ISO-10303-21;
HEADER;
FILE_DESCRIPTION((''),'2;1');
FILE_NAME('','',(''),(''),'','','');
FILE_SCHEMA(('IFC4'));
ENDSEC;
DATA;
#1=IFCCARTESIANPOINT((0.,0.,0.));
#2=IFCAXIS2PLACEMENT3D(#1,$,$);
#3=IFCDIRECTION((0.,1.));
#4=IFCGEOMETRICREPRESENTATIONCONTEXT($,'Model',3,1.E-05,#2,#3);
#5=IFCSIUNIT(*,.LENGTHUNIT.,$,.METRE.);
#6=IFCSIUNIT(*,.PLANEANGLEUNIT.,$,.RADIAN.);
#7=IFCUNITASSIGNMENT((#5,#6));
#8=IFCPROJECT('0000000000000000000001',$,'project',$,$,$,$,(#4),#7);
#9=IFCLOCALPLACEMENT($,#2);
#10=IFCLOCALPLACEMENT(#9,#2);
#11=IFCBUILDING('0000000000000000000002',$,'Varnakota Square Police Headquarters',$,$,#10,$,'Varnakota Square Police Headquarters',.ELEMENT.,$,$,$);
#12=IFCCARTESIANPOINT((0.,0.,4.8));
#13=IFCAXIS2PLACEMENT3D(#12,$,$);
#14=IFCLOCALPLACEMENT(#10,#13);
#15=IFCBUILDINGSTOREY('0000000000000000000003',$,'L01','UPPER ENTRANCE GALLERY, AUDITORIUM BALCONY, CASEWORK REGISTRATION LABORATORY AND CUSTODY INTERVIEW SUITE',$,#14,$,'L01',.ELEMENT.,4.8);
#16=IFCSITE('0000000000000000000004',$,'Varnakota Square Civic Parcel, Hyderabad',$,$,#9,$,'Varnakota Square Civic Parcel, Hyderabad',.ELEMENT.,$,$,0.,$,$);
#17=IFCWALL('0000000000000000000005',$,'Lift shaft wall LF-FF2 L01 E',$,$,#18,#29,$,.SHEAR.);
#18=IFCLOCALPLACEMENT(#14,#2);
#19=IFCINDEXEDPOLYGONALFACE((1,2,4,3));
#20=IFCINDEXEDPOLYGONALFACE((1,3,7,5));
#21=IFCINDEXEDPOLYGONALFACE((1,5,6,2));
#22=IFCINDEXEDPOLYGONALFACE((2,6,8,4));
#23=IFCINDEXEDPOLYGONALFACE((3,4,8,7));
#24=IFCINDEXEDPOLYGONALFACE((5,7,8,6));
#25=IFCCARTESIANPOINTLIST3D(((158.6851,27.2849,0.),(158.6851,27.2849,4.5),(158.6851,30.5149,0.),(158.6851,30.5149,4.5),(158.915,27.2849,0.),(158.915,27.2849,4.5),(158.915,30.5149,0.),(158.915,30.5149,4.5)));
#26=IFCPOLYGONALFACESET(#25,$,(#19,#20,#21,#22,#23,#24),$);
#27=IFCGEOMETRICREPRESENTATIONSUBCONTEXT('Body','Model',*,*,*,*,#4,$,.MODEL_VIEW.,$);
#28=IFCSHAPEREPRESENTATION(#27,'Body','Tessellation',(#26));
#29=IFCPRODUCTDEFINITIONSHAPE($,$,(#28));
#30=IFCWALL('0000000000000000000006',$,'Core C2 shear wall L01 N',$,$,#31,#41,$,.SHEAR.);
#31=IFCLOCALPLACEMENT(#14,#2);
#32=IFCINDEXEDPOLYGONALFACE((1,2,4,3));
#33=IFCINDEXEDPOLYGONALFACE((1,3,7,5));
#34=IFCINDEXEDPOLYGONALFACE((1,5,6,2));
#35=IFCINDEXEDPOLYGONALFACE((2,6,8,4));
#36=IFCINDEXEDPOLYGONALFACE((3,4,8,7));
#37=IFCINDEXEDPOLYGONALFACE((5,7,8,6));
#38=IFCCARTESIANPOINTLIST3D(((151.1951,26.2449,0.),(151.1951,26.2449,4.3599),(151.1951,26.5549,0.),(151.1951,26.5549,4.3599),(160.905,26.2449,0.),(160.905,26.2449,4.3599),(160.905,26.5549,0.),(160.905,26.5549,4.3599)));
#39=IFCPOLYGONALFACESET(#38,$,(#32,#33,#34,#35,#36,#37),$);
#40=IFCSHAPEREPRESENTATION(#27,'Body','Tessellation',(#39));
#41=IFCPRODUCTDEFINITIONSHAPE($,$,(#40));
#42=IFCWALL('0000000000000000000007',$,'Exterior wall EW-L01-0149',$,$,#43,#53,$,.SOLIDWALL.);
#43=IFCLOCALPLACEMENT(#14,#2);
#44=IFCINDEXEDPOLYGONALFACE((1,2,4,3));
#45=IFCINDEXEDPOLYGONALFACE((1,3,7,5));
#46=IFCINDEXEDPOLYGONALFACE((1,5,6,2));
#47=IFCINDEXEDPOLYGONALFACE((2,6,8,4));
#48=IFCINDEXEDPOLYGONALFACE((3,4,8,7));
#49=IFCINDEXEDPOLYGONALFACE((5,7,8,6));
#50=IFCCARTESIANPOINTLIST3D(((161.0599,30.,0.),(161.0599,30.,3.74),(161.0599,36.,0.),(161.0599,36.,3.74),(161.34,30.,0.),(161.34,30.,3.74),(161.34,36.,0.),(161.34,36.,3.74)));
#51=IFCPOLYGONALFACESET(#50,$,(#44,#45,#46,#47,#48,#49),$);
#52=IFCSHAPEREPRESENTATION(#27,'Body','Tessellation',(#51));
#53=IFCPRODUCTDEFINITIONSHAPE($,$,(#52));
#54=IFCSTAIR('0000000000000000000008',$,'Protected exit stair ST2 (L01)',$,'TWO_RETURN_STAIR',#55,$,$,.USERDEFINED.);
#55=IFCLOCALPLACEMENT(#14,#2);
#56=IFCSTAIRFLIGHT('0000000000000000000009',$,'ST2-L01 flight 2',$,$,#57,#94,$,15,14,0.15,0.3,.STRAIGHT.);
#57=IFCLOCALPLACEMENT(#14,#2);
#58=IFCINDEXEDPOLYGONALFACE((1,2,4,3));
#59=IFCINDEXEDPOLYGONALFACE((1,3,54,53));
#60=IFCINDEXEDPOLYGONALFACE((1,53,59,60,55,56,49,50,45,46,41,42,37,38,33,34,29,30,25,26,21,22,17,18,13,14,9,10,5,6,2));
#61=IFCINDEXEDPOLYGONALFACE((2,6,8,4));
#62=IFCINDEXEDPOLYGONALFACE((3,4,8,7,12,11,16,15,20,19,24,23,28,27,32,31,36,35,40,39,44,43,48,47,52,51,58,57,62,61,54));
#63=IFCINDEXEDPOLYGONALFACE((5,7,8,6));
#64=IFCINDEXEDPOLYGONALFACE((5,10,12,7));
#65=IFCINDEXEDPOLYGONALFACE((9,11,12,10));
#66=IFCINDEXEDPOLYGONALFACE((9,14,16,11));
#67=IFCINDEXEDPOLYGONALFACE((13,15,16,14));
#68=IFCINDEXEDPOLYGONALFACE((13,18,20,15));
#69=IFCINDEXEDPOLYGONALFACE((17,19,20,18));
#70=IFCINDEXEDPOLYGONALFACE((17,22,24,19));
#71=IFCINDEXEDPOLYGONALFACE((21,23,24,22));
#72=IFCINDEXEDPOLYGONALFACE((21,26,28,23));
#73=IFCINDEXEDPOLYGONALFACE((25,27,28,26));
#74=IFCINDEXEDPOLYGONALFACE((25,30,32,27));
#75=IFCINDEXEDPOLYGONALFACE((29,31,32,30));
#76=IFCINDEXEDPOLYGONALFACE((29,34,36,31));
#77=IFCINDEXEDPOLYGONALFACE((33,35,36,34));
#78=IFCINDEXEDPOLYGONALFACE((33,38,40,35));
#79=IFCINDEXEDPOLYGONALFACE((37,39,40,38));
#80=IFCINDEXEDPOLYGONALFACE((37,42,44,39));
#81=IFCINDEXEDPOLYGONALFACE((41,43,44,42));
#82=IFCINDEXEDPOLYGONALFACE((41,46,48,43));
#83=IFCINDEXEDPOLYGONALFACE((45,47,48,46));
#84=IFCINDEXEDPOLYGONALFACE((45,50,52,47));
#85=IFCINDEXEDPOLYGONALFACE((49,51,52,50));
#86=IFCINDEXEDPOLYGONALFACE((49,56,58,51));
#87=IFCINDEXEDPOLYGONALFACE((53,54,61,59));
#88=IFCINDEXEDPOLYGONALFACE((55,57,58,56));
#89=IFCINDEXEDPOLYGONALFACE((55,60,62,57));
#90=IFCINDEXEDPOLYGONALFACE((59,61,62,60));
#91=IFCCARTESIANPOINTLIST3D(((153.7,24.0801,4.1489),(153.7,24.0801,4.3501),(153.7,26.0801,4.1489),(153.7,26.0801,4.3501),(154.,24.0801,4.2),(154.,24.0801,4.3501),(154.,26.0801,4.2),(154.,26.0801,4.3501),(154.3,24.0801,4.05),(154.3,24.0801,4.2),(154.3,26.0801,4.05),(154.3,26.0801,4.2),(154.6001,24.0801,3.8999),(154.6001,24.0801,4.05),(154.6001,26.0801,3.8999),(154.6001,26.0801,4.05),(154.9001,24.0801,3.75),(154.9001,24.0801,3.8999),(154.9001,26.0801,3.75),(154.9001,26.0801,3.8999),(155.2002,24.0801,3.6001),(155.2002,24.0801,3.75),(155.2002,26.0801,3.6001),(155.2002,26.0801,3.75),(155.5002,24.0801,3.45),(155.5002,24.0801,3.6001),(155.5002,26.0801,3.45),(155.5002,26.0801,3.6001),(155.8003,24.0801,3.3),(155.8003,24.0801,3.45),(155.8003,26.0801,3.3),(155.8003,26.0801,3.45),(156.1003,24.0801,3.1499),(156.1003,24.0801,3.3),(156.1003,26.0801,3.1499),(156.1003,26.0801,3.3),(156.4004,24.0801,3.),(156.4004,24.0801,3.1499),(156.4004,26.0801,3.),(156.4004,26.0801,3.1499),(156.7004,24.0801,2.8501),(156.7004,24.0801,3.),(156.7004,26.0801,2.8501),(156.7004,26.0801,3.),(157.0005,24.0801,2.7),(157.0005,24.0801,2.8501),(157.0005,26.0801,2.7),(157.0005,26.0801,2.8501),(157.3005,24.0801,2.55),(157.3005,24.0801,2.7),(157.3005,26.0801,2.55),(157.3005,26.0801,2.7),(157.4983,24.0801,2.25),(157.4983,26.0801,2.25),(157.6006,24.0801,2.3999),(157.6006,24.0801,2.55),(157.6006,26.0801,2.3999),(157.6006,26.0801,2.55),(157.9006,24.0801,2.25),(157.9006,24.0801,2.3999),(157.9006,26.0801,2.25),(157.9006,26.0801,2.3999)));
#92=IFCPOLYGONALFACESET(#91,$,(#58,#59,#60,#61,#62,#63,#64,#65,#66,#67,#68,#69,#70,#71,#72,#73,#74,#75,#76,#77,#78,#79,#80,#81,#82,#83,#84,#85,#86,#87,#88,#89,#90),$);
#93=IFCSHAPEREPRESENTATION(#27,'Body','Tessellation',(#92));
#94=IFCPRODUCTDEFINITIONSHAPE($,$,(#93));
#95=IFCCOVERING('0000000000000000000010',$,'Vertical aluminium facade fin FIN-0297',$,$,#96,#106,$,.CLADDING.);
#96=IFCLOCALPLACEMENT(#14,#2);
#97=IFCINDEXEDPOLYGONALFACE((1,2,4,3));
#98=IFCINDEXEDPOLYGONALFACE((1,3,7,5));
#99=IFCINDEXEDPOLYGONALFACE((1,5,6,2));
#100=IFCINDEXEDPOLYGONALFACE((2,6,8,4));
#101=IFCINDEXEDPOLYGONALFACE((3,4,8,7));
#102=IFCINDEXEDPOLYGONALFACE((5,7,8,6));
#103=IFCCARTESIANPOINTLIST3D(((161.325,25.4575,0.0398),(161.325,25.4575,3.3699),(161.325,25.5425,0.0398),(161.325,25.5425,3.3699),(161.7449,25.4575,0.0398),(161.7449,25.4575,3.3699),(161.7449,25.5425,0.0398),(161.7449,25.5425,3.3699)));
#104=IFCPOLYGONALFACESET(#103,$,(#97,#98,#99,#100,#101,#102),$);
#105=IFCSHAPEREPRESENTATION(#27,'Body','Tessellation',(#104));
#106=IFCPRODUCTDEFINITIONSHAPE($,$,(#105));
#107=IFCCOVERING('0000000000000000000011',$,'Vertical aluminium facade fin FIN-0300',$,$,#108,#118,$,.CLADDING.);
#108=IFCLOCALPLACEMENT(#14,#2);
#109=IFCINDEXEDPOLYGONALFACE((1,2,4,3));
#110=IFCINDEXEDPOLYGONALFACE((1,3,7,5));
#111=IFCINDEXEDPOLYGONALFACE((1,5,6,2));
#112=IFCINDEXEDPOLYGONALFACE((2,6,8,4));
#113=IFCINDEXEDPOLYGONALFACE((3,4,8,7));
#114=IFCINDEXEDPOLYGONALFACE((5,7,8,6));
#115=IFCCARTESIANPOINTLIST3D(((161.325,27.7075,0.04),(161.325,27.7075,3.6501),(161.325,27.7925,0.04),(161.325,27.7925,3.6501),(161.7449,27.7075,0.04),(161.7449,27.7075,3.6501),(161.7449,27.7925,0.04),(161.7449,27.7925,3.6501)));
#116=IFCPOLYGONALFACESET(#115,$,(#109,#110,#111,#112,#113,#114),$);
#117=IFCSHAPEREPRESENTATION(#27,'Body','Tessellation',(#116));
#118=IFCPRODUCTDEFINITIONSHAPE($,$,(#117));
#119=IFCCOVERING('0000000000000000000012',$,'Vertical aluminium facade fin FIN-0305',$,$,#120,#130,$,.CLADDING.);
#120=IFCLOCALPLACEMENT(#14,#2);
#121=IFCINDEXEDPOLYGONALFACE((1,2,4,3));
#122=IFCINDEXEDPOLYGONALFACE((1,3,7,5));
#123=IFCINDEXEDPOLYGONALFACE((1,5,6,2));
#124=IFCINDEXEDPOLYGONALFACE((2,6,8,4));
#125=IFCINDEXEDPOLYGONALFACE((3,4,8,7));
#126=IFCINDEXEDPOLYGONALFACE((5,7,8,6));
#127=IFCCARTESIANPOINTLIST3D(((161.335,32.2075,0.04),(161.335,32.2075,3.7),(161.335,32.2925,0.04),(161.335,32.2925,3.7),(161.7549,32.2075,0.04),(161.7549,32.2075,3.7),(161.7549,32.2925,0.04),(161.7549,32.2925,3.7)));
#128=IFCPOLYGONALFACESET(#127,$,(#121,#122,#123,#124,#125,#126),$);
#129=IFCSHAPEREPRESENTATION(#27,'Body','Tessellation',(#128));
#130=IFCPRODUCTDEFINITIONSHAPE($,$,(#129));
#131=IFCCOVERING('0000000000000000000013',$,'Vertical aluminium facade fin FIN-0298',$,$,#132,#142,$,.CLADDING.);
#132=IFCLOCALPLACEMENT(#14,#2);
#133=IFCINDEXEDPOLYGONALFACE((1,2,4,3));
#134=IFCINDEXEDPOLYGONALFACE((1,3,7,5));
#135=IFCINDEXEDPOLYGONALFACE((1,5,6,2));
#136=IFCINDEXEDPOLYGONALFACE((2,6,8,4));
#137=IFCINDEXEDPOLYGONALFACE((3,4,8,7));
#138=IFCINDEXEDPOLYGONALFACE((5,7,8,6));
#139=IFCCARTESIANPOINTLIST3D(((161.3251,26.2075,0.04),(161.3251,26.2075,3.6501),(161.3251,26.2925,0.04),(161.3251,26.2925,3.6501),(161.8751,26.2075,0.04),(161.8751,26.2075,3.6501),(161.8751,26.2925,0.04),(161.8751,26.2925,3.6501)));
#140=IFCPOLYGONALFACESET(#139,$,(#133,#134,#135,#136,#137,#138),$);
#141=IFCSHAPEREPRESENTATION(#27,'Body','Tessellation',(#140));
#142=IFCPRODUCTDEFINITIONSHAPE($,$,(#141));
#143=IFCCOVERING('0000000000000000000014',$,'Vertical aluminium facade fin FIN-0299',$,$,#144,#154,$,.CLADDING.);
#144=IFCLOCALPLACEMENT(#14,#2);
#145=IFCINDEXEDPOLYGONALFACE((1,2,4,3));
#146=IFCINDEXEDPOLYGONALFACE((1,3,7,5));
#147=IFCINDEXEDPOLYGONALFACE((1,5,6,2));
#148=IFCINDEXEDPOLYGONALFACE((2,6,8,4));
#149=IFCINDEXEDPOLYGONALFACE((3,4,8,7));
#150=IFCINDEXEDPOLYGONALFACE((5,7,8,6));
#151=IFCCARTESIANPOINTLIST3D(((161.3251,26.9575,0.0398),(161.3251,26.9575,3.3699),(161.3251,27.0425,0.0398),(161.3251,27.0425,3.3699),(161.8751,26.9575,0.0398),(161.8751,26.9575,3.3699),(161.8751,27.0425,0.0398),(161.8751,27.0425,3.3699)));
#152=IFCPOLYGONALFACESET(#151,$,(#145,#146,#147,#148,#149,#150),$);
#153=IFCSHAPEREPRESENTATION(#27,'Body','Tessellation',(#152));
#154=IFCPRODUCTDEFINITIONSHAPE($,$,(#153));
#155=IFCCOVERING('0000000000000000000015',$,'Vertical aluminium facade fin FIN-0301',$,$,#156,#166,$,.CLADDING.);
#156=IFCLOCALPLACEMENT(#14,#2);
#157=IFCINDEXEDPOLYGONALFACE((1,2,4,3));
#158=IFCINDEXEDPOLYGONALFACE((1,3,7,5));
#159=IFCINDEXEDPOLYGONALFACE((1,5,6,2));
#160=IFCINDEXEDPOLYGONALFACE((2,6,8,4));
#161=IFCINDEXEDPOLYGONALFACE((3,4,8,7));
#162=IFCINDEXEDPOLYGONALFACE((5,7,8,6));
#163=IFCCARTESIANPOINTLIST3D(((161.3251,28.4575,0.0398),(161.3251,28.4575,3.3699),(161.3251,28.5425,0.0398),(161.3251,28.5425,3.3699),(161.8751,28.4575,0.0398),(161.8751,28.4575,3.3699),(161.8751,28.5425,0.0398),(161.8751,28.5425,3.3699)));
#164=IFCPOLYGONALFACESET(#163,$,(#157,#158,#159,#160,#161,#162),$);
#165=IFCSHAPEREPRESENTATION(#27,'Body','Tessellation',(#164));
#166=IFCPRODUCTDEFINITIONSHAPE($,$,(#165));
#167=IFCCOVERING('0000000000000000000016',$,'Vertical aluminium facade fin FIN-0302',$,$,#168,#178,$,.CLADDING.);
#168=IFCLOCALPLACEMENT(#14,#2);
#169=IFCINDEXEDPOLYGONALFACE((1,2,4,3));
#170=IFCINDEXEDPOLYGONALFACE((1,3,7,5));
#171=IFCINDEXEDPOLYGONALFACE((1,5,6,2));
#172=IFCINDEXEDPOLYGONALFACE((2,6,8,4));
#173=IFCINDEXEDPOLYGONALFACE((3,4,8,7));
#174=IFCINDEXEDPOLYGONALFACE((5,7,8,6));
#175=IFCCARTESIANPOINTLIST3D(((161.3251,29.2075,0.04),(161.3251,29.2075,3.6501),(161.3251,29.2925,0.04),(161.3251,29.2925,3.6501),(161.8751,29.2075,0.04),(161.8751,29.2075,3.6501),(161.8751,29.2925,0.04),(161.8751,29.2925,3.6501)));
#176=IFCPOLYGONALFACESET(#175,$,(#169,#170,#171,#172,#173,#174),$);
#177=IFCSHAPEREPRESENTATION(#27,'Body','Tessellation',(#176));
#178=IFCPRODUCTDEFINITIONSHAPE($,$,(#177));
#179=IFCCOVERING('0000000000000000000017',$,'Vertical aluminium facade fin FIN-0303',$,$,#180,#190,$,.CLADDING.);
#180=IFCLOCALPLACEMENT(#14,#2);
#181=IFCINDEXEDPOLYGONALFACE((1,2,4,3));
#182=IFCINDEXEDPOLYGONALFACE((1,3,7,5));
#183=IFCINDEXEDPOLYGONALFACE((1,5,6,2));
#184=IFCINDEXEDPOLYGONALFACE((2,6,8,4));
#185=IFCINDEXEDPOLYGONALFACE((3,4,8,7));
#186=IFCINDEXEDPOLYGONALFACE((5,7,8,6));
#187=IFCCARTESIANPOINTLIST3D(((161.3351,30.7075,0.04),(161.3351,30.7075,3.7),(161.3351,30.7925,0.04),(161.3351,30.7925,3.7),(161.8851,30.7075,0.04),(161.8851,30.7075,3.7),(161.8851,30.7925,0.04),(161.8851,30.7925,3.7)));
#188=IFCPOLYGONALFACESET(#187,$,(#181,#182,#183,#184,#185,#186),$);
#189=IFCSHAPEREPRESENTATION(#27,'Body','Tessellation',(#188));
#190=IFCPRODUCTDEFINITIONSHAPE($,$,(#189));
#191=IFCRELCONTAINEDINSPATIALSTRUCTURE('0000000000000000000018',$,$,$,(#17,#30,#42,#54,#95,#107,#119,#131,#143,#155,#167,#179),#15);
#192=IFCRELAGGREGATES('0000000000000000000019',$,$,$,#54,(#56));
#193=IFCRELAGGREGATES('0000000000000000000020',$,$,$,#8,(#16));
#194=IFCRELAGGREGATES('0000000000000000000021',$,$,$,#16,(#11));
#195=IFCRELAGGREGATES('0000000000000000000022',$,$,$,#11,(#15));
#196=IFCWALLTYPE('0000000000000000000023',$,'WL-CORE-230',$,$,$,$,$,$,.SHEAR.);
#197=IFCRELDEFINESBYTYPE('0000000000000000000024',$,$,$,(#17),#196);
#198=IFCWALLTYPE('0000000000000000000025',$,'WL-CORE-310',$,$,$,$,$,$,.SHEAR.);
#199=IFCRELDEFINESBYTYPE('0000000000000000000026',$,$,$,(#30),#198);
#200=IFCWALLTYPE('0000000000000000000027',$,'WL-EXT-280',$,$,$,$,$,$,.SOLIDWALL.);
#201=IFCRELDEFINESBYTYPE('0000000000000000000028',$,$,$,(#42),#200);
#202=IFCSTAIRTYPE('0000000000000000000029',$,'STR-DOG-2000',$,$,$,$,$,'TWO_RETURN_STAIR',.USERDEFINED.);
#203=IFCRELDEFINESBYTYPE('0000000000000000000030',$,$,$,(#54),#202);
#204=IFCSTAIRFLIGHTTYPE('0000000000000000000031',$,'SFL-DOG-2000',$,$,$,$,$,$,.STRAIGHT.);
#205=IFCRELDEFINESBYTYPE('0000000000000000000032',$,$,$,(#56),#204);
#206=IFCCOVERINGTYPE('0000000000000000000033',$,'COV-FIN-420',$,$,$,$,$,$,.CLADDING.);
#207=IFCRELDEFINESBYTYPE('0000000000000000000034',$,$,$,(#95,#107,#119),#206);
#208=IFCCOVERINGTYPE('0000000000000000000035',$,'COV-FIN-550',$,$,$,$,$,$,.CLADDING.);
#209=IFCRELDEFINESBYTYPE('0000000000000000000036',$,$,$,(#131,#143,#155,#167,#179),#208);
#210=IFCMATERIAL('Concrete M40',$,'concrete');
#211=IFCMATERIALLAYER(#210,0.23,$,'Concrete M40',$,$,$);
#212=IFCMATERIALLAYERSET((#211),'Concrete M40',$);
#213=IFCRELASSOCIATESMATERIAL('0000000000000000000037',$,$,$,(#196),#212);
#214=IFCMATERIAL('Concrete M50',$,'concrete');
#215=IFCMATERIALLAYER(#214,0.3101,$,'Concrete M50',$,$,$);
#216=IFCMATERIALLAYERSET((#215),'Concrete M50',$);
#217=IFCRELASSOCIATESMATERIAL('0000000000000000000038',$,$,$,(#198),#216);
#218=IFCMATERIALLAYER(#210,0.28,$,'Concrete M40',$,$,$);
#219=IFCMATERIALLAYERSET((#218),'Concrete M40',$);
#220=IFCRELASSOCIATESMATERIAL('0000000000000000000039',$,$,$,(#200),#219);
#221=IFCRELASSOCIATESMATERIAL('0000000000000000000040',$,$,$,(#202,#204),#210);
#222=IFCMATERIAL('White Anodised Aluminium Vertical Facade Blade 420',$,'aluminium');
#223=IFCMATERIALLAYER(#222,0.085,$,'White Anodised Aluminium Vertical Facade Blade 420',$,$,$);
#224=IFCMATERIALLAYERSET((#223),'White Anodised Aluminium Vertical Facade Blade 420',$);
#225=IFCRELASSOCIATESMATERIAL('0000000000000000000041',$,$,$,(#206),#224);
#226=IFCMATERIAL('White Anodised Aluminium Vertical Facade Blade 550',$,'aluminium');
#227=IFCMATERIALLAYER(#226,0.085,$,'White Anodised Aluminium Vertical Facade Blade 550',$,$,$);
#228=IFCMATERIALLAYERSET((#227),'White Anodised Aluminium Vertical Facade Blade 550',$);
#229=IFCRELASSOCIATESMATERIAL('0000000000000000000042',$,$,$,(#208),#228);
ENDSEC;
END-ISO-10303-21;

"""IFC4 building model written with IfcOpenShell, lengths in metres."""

from ifc_helpers import new_model, si_unit, direction, frame, frame_2d, origin, origin_2d, place, context, subcontext, project, spatial, polyline, rectangle, outline, extrude, material, layer, layer_set, type_object, element, aggregate, save


model = new_model("IFC4")

# Units and contexts
model_context = context("Model", 3, precision=1e-05, world=origin(), true_north=direction((0.0, 1.0)))
body_context = subcontext(model_context, "Body", "Model", "MODEL_VIEW")
ifc_project = project(units=[si_unit("LENGTHUNIT", "METRE"), si_unit("PLANEANGLEUNIT", "RADIAN")], contexts=[model_context])

# Site, building, storey
site_placement = place(None, origin())
site = spatial("IfcSite", under=ifc_project, at=site_placement, Name="Varnakota Square Civic Parcel, Hyderabad", LongName="Varnakota Square Civic Parcel, Hyderabad", CompositionType="ELEMENT", RefElevation=0.0)
building_placement = place(site_placement, origin())
building = spatial("IfcBuilding", under=site, at=building_placement, Name="Varnakota Square Police Headquarters", LongName="Varnakota Square Police Headquarters", CompositionType="ELEMENT")
storey_placement = place(building_placement, frame((0.0, 0.0, 4.8)))
storey = spatial("IfcBuildingStorey", under=building, at=storey_placement, Name="L01", Description="UPPER ENTRANCE GALLERY, AUDITORIUM BALCONY, CASEWORK REGISTRATION LABORATORY AND CUSTODY INTERVIEW SUITE", LongName="L01", CompositionType="ELEMENT", Elevation=4.8)

# Walls
ifc_material_1 = material(Name="Concrete M40", Category="concrete")
ifc_layer_1 = layer(ifc_material_1, 0.23, Name="Concrete M40")
ifc_layer_set_1 = layer_set([ifc_layer_1], Name="Concrete M40")
wall_type_1 = type_object("IfcWallType", Name="WL-CORE-230", PredefinedType="SHEAR", material=ifc_layer_set_1)
wall_1_placement = place(storey_placement, frame((158.8, 27.2849, 0.0), z_axis=(0.0, 0.0, 1.0), x_axis=(0.0, 1.0, 0.0)))
element("IfcWall", 1, at=wall_1_placement, inside=storey, type_object=wall_type_1, Name="Lift shaft wall LF-FF2 L01 E", PredefinedType="SHEAR", context=body_context, shape_type="SweptSolid", body=[
    extrude(rectangle(XDim=3.23, YDim=0.23, at=frame_2d((1.615, 0.0))), origin(), (0.0, 0.0, 1.0), 4.5),
])
ifc_material_2 = material(Name="Concrete M50", Category="concrete")
ifc_layer_2 = layer(ifc_material_2, 0.3101, Name="Concrete M50")
ifc_layer_set_2 = layer_set([ifc_layer_2], Name="Concrete M50")
wall_type_2 = type_object("IfcWallType", Name="WL-CORE-310", PredefinedType="SHEAR", material=ifc_layer_set_2)
wall_2_placement = place(storey_placement, frame((160.905, 26.3999, 0.0), z_axis=(0.0, 0.0, 1.0), x_axis=(-1.0, 0.0, 0.0)))
element("IfcWall", 2, at=wall_2_placement, inside=storey, type_object=wall_type_2, Name="Core C2 shear wall L01 N", PredefinedType="SHEAR", context=body_context, shape_type="SweptSolid", body=[
    extrude(rectangle(XDim=9.71, YDim=0.3101, at=frame_2d((4.855, 0.0))), origin(), (0.0, 0.0, 1.0), 4.3599),
])
ifc_layer_3 = layer(ifc_material_1, 0.28, Name="Concrete M40")
ifc_layer_set_3 = layer_set([ifc_layer_3], Name="Concrete M40")
wall_type_3 = type_object("IfcWallType", Name="WL-EXT-280", PredefinedType="SOLIDWALL", material=ifc_layer_set_3)
wall_3_placement = place(storey_placement, frame((161.2, 30.0, 0.0), z_axis=(0.0, 0.0, 1.0), x_axis=(0.0, 1.0, 0.0)))
element("IfcWall", 3, at=wall_3_placement, inside=storey, type_object=wall_type_3, Name="Exterior wall EW-L01-0149", PredefinedType="SOLIDWALL", context=body_context, shape_type="SweptSolid", body=[
    extrude(rectangle(XDim=6.0, YDim=0.28, at=frame_2d((3.0, 0.0))), origin(), (0.0, 0.0, 1.0), 3.74),
])

# Stair, stair flight
stair_type = type_object("IfcStairType", Name="STR-DOG-2000", ElementType="TWO_RETURN_STAIR", PredefinedType="USERDEFINED", material=ifc_material_1)
stair_placement = place(storey_placement, origin())
stair = element("IfcStair", 4, at=stair_placement, inside=storey, type_object=stair_type, Name="Protected exit stair ST2 (L01)", ObjectType="TWO_RETURN_STAIR", PredefinedType="USERDEFINED")
stair_flight_type = type_object("IfcStairFlightType", Name="SFL-DOG-2000", PredefinedType="STRAIGHT", material=ifc_material_1)
stair_flight_placement = place(storey_placement, frame((157.9006, 25.0801, 2.25), z_axis=(0.0, 0.0, 1.0), x_axis=(-1.0, 0.0, 0.0)))
stair_flight = element("IfcStairFlight", 5, at=stair_flight_placement, type_object=stair_flight_type, Name="ST2-L01 flight 2", NumberOfRisers=15, NumberOfTreads=14, PredefinedType="STRAIGHT", RiserHeight=0.15, TreadLength=0.3, context=body_context, shape_type="SweptSolid", body=[
    extrude(outline(polyline([(0.0, 0.0), (0.0, 0.1499), (0.3, 0.1499), (0.3, 0.3), (0.6001, 0.3), (0.6001, 0.45), (0.9001, 0.45), (0.9001, 0.6001), (1.2002, 0.6001), (1.2002, 0.75), (1.5002, 0.75), (1.5002, 0.8999), (1.8003, 0.8999), (1.8003, 1.05), (2.1003, 1.05), (2.1003, 1.2), (2.4004, 1.2), (2.4004, 1.3501), (2.7004, 1.3501), (2.7004, 1.5), (3.0005, 1.5), (3.0005, 1.6499), (3.3005, 1.6499), (3.3005, 1.8), (3.6006, 1.8), (3.6006, 1.95), (3.9006, 1.95), (3.9006, 2.1001), (4.2007, 2.1001), (4.2007, 2.25), (4.2007, 1.8989), (0.4023, 0.0), (0.0, 0.0)])), frame((0.0, 1.0, 0.0), z_axis=(0.0, -1.0, 0.0), x_axis=(1.0, 0.0, 0.0)), (0.0, 0.0, 1.0), 2.0),
])
aggregate(stair, [stair_flight])

# Coverings
ifc_material_3 = material(Name="White Anodised Aluminium Vertical Facade Blade 420", Category="aluminium")
ifc_layer_4 = layer(ifc_material_3, 0.085, Name="White Anodised Aluminium Vertical Facade Blade 420")
ifc_layer_set_4 = layer_set([ifc_layer_4], Name="White Anodised Aluminium Vertical Facade Blade 420")
covering_type_1 = type_object("IfcCoveringType", Name="COV-FIN-420", PredefinedType="CLADDING", material=ifc_layer_set_4)
covering_1_placement = place(storey_placement, frame((161.5349, 25.5, 0.0398), z_axis=(0.0, 0.0, 1.0), x_axis=(0.0, 1.0, 0.0)))
element("IfcCovering", 6, at=covering_1_placement, inside=storey, type_object=covering_type_1, Name="Vertical aluminium facade fin FIN-0297", PredefinedType="CLADDING", context=body_context, shape_type="SweptSolid", body=[
    extrude(rectangle(XDim=0.085, YDim=0.4199, at=origin_2d()), origin(), (0.0, 0.0, 1.0), 3.3301),
])
covering_2_placement = place(storey_placement, frame((161.5349, 27.75, 0.04), z_axis=(0.0, 0.0, 1.0), x_axis=(0.0, 1.0, 0.0)))
element("IfcCovering", 7, at=covering_2_placement, inside=storey, type_object=covering_type_1, Name="Vertical aluminium facade fin FIN-0300", PredefinedType="CLADDING", context=body_context, shape_type="SweptSolid", body=[
    extrude(rectangle(XDim=0.085, YDim=0.4199, at=origin_2d()), origin(), (0.0, 0.0, 1.0), 3.6101),
])
covering_3_placement = place(storey_placement, frame((161.5449, 32.25, 0.04), z_axis=(0.0, 0.0, 1.0), x_axis=(0.0, 1.0, 0.0)))
element("IfcCovering", 8, at=covering_3_placement, inside=storey, type_object=covering_type_1, Name="Vertical aluminium facade fin FIN-0305", PredefinedType="CLADDING", context=body_context, shape_type="SweptSolid", body=[
    extrude(rectangle(XDim=0.085, YDim=0.4199, at=origin_2d()), origin(), (0.0, 0.0, 1.0), 3.6599),
])
ifc_material_4 = material(Name="White Anodised Aluminium Vertical Facade Blade 550", Category="aluminium")
ifc_layer_5 = layer(ifc_material_4, 0.085, Name="White Anodised Aluminium Vertical Facade Blade 550")
ifc_layer_set_5 = layer_set([ifc_layer_5], Name="White Anodised Aluminium Vertical Facade Blade 550")
covering_type_2 = type_object("IfcCoveringType", Name="COV-FIN-550", PredefinedType="CLADDING", material=ifc_layer_set_5)
covering_4_placement = place(storey_placement, frame((161.6001, 26.25, 0.04), z_axis=(0.0, 0.0, 1.0), x_axis=(0.0, 1.0, 0.0)))
element("IfcCovering", 9, at=covering_4_placement, inside=storey, type_object=covering_type_2, Name="Vertical aluminium facade fin FIN-0298", PredefinedType="CLADDING", context=body_context, shape_type="SweptSolid", body=[
    extrude(rectangle(XDim=0.085, YDim=0.55, at=origin_2d()), origin(), (0.0, 0.0, 1.0), 3.6101),
])
for number, where, z_axis, x_axis, name in (
    (10, (161.6001, 27.0, 0.0398), (0.0, 0.0, 1.0), (0.0, 1.0, 0.0), "Vertical aluminium facade fin FIN-0299"),
    (11, (161.6001, 28.5, 0.0398), (0.0, 0.0, 1.0), (0.0, 1.0, 0.0), "Vertical aluminium facade fin FIN-0301"),
):
    element("IfcCovering", number, at=place(storey_placement, frame(where, z_axis=z_axis, x_axis=x_axis)), inside=storey, type_object=covering_type_2, Name=name, PredefinedType="CLADDING", context=body_context, shape_type="SweptSolid", body=[
        extrude(rectangle(XDim=0.085, YDim=0.55, at=origin_2d()), origin(), (0.0, 0.0, 1.0), 3.3301),
    ])
covering_5_placement = place(storey_placement, frame((161.6001, 29.25, 0.04), z_axis=(0.0, 0.0, 1.0), x_axis=(0.0, 1.0, 0.0)))
element("IfcCovering", 12, at=covering_5_placement, inside=storey, type_object=covering_type_2, Name="Vertical aluminium facade fin FIN-0302", PredefinedType="CLADDING", context=body_context, shape_type="SweptSolid", body=[
    extrude(rectangle(XDim=0.085, YDim=0.55, at=origin_2d()), origin(), (0.0, 0.0, 1.0), 3.6101),
])
covering_6_placement = place(storey_placement, frame((161.6101, 30.75, 0.04), z_axis=(0.0, 0.0, 1.0), x_axis=(0.0, 1.0, 0.0)))
element("IfcCovering", 13, at=covering_6_placement, inside=storey, type_object=covering_type_2, Name="Vertical aluminium facade fin FIN-0303", PredefinedType="CLADDING", context=body_context, shape_type="SweptSolid", body=[
    extrude(rectangle(XDim=0.085, YDim=0.55, at=origin_2d()), origin(), (0.0, 0.0, 1.0), 3.6599),
])

save(model, "model.ifc")
